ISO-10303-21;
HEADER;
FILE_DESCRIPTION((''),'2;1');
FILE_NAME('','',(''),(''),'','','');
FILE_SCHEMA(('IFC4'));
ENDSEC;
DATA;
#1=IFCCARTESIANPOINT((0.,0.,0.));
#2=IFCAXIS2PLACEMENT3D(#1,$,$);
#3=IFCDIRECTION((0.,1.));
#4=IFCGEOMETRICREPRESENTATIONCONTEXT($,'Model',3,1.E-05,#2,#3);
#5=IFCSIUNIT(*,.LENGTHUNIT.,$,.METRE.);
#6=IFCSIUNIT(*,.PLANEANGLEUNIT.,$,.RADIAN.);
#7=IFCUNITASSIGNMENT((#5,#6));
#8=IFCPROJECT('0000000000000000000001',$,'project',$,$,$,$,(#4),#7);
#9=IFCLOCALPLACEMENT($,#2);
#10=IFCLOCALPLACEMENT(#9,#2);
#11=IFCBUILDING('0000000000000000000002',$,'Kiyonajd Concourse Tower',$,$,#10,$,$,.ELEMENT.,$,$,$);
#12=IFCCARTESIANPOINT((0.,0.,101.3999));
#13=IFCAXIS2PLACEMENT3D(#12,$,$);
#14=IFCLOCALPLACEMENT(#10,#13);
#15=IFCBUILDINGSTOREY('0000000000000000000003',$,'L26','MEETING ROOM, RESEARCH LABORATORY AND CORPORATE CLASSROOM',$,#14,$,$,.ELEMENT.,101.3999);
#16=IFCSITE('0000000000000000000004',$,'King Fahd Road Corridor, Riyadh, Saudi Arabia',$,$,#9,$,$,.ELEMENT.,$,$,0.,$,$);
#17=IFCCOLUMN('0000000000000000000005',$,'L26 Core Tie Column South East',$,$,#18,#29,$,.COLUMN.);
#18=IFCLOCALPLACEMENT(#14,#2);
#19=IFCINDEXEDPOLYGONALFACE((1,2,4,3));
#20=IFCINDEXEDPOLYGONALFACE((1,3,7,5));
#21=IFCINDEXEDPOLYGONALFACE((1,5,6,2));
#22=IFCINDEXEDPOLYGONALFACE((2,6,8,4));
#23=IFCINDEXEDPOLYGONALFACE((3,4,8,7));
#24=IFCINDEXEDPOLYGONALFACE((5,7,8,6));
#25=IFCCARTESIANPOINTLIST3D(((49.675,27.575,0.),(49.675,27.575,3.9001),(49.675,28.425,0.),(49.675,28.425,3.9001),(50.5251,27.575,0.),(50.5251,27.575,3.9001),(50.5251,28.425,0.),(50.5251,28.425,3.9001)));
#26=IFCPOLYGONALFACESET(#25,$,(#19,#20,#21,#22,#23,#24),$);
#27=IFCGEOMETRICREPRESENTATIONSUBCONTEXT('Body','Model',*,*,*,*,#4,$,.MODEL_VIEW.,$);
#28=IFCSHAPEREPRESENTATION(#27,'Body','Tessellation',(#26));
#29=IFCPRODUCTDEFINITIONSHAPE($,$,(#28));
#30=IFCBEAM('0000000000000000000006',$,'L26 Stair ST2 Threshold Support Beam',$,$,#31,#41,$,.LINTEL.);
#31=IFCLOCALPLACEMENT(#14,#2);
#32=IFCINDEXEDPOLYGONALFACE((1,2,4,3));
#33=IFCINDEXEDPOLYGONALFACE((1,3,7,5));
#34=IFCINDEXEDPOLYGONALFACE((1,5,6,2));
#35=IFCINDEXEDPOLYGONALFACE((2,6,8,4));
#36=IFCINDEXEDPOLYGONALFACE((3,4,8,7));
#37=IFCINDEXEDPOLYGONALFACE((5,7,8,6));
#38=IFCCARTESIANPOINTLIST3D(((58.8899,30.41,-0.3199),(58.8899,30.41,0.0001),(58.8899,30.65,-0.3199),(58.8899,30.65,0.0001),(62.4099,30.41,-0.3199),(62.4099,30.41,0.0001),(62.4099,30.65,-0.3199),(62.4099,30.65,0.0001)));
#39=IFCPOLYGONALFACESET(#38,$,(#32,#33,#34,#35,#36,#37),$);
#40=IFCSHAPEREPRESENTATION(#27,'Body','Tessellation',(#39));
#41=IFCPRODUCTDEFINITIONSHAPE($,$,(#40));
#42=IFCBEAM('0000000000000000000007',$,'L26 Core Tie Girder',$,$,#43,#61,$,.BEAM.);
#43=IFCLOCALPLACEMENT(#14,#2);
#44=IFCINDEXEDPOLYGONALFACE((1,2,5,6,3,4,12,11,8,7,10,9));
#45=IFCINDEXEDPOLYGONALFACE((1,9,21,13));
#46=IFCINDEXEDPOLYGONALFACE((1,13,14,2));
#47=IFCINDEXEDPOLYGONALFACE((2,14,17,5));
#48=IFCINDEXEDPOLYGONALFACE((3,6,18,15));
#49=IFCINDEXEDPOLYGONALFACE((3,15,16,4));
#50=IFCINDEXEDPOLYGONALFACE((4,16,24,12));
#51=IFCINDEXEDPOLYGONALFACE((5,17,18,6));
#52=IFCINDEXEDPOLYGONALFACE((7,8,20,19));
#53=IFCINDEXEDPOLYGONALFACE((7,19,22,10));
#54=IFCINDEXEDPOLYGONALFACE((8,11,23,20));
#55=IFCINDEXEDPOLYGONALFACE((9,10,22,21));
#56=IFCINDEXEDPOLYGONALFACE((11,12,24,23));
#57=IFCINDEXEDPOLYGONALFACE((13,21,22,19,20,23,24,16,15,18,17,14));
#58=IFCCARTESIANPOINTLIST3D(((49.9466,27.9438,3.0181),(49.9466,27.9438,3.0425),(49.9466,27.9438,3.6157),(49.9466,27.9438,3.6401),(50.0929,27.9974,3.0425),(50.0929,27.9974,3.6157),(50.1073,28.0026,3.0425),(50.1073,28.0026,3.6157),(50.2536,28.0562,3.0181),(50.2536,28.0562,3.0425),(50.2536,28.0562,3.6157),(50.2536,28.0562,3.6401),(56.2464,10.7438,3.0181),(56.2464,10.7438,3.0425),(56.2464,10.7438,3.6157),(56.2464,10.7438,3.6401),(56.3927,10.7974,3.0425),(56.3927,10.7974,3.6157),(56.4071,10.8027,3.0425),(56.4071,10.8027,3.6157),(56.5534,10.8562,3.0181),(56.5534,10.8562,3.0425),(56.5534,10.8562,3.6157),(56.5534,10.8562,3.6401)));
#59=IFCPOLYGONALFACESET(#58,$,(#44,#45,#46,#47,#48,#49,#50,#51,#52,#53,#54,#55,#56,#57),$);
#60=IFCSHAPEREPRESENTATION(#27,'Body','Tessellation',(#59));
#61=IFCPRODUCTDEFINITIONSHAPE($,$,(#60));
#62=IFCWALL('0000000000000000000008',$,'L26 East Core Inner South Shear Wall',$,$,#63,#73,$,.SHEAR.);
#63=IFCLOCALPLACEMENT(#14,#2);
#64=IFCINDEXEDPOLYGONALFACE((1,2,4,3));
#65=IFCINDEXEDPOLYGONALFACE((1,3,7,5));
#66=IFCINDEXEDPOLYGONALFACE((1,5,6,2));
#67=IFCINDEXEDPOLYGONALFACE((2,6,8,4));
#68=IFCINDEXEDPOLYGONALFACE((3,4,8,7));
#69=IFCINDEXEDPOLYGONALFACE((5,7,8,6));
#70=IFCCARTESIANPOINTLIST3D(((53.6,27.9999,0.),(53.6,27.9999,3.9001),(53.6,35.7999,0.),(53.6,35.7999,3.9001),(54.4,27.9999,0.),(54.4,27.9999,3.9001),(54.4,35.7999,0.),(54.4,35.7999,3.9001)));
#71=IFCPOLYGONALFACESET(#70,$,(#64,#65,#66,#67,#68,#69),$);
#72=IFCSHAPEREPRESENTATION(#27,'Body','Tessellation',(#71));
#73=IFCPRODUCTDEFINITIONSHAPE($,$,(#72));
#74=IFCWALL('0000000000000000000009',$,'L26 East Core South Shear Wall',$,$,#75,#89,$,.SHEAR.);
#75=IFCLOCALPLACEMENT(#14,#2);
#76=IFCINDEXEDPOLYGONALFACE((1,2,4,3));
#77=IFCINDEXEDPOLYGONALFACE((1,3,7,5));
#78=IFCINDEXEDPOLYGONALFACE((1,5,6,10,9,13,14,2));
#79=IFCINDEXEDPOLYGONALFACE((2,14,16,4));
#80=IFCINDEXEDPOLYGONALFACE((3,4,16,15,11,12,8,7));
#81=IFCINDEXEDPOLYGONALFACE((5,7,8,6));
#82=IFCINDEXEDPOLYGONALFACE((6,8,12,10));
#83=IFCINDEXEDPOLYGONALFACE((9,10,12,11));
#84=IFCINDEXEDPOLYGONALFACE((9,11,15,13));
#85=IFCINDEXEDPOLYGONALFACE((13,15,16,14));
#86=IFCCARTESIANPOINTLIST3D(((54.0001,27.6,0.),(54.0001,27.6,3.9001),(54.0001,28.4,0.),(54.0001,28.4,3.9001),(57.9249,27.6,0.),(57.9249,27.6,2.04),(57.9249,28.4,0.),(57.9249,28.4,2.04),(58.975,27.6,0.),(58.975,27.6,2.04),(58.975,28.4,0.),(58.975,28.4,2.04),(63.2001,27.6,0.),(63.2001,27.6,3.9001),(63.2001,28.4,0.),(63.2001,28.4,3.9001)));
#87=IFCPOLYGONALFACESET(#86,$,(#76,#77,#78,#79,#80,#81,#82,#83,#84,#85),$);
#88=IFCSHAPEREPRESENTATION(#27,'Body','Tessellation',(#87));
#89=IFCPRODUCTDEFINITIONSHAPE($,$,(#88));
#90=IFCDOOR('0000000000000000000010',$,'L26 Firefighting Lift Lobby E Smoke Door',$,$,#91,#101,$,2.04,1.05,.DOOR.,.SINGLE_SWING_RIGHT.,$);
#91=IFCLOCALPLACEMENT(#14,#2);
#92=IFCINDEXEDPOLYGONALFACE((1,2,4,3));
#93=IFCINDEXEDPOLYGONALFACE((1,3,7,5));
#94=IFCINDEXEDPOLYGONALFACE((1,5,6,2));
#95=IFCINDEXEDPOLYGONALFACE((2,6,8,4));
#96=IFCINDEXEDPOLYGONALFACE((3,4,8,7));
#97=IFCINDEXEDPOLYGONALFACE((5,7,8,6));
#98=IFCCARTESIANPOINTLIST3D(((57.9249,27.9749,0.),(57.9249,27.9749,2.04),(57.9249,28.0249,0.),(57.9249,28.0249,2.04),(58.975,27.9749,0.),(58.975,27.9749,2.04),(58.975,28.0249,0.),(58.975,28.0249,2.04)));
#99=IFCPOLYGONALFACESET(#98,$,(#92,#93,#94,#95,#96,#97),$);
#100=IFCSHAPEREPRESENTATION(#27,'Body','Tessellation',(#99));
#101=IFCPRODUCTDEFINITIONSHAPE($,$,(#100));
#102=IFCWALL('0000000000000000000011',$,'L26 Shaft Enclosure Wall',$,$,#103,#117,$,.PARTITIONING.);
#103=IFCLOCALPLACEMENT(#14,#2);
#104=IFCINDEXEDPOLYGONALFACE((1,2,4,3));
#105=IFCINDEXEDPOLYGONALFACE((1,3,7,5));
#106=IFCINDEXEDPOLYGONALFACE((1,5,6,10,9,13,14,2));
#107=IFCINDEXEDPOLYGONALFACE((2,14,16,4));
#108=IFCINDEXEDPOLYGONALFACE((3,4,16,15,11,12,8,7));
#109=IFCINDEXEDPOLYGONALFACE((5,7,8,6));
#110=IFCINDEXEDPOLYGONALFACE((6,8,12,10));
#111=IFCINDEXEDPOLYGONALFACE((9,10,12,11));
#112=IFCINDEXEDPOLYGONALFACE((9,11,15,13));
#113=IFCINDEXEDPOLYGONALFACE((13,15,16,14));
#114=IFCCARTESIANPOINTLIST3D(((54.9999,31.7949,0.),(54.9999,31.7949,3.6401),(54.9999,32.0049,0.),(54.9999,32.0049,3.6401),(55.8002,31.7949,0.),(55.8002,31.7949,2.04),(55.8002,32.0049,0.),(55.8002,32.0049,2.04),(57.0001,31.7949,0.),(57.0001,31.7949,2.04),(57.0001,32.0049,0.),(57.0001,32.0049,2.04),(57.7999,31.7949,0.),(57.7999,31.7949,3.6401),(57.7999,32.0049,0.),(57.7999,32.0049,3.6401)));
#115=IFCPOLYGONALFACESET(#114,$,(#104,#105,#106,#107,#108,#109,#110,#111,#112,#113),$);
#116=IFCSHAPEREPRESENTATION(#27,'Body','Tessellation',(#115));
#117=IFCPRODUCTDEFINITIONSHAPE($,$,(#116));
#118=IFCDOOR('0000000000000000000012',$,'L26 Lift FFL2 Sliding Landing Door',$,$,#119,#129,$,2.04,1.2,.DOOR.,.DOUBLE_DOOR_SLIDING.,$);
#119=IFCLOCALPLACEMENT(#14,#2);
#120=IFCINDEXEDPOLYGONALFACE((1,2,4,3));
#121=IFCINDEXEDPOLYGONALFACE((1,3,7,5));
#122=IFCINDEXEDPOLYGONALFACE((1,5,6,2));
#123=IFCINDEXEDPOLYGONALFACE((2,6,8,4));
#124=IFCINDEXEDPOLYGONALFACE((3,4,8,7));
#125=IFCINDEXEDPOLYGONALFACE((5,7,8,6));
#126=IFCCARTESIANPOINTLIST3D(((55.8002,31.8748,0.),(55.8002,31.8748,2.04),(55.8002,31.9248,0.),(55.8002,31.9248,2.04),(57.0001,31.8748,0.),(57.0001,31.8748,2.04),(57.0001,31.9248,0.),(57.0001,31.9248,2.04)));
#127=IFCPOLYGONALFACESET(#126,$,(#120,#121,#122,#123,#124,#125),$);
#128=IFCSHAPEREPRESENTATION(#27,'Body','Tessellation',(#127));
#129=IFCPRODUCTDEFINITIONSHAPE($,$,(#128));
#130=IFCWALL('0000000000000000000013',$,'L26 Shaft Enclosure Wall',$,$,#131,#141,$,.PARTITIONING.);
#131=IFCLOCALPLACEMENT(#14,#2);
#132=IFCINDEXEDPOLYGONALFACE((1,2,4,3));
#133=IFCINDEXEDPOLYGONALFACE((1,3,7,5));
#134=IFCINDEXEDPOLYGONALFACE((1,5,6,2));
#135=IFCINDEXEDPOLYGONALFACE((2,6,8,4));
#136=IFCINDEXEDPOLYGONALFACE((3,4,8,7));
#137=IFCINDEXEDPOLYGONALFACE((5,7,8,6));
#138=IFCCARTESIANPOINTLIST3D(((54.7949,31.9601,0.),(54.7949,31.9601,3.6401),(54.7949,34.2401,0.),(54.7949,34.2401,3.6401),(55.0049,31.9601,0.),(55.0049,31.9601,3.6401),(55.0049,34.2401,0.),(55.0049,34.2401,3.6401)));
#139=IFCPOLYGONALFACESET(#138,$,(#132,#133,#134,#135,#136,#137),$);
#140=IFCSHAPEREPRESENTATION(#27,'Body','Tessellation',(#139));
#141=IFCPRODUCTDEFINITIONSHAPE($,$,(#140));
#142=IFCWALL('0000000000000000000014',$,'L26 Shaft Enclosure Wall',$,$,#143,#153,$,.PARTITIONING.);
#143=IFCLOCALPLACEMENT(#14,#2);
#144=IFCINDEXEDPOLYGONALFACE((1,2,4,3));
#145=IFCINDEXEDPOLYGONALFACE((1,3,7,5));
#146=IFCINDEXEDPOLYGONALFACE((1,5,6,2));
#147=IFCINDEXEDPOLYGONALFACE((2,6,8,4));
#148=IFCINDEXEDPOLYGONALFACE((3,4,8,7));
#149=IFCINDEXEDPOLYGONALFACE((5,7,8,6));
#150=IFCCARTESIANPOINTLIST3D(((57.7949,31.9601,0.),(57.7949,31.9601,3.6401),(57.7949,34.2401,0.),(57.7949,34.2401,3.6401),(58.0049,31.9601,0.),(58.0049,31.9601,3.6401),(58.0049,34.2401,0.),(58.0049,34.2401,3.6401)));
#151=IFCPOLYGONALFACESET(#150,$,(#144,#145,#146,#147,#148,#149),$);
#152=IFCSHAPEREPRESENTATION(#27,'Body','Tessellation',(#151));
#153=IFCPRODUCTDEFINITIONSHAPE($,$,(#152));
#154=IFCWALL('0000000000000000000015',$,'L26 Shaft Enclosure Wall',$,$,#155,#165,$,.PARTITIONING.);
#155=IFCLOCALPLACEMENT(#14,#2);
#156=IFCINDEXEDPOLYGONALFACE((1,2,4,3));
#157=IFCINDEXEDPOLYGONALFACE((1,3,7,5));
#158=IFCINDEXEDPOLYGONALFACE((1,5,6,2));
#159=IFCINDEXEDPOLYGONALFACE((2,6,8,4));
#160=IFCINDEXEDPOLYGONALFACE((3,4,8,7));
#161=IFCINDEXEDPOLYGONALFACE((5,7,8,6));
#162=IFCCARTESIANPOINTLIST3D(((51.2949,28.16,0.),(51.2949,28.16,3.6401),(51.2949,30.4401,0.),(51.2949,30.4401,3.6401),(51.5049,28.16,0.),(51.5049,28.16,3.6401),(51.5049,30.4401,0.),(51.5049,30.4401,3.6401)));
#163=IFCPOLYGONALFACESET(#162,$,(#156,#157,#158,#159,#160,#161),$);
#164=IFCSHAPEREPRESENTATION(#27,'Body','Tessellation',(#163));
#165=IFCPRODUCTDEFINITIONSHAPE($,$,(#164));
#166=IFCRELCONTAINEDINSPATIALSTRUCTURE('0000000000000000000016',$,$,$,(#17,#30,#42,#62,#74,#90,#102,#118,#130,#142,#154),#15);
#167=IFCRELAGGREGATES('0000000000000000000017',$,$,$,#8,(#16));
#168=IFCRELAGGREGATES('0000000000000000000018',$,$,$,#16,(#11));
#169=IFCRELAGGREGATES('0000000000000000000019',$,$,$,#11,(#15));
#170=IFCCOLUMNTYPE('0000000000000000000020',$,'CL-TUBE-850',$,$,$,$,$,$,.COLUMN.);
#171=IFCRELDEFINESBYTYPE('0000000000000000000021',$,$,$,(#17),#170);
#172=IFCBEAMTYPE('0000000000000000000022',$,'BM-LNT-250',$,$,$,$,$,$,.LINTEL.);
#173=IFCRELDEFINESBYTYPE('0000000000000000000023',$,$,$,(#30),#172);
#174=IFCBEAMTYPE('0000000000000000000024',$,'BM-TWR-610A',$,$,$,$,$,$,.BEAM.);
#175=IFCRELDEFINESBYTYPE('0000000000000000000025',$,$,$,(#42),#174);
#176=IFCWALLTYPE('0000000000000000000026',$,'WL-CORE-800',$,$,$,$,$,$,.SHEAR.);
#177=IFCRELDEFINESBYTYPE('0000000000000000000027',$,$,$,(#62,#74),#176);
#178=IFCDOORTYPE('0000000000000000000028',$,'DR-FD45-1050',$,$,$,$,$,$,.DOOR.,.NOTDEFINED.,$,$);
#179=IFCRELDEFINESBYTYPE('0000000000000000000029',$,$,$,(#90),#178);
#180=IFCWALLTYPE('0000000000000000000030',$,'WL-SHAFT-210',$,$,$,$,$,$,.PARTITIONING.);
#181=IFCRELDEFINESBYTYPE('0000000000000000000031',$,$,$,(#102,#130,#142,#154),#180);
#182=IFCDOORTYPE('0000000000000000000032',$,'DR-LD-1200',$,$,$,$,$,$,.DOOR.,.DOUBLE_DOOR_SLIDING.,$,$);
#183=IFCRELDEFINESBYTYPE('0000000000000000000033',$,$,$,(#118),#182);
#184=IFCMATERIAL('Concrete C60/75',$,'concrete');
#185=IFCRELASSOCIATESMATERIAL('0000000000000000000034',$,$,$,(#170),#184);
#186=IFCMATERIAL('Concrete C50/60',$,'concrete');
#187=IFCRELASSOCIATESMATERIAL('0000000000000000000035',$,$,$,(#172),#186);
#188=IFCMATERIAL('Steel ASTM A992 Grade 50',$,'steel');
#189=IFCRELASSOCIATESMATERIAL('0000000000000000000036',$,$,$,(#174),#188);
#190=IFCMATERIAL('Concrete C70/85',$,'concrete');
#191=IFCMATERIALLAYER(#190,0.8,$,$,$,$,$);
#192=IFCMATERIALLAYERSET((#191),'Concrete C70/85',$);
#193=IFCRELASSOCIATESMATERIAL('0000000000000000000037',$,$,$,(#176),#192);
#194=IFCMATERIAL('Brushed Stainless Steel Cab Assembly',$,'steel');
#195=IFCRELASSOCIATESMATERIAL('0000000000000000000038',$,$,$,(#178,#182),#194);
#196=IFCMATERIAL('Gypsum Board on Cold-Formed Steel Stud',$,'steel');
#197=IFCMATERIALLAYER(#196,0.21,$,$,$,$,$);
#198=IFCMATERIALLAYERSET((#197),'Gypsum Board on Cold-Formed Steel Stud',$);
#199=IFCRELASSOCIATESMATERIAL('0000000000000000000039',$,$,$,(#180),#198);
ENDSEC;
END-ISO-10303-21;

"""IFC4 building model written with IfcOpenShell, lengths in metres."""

from ifc_helpers import new_model, si_unit, direction, frame, frame_2d, origin, origin_2d, place, context, subcontext, project, spatial, rectangle, i_section, extrude, material, layer, layer_set, material_profile, profile_set, type_object, element, fill, save


model = new_model("IFC4")

# Units and contexts
model_context = context("Model", 3, precision=1e-05, world=origin(), true_north=direction((0.0, 1.0)))
body_context = subcontext(model_context, "Body", "Model", "MODEL_VIEW")
ifc_project = project(units=[si_unit("LENGTHUNIT", "METRE"), si_unit("PLANEANGLEUNIT", "RADIAN")], contexts=[model_context])

# Site, building, storey
site_placement = place(None, origin())
site = spatial("IfcSite", under=ifc_project, at=site_placement, Name="King Fahd Road Corridor, Riyadh, Saudi Arabia", CompositionType="ELEMENT", RefElevation=0.0)
building_placement = place(site_placement, origin())
building = spatial("IfcBuilding", under=site, at=building_placement, Name="Kiyonajd Concourse Tower", CompositionType="ELEMENT")
storey_placement = place(building_placement, frame((0.0, 0.0, 101.3999)))
storey = spatial("IfcBuildingStorey", under=building, at=storey_placement, Name="L26", Description="MEETING ROOM, RESEARCH LABORATORY AND CORPORATE CLASSROOM", CompositionType="ELEMENT", Elevation=101.3999)

# Column
ifc_material_1 = material(Name="Concrete C60/75", Category="concrete")
ifc_material_profile_1 = material_profile(ifc_material_1, rectangle(XDim=0.8501, YDim=0.8501, at=origin_2d()), Name="RC-850x850")
ifc_profile_set_1 = profile_set([ifc_material_profile_1], Name="Concrete C60/75")
column_type = type_object("IfcColumnType", Name="CL-TUBE-850", PredefinedType="COLUMN", material=ifc_profile_set_1)
column_placement = place(storey_placement, frame((50.1001, 28.0, 0.0), z_axis=(0.0, 0.0, 1.0), x_axis=(1.0, 0.0, 0.0)))
element("IfcColumn", 1, at=column_placement, inside=storey, type_object=column_type, Name="L26 Core Tie Column South East", PredefinedType="COLUMN", context=body_context, shape_type="SweptSolid", body=[
    extrude(rectangle(XDim=0.8501, YDim=0.8501, at=origin_2d()), origin(), (0.0, 0.0, 1.0), 3.9001),
])

# Beams
ifc_material_2 = material(Name="Concrete C50/60", Category="concrete")
ifc_material_profile_2 = material_profile(ifc_material_2, rectangle(XDim=0.24, YDim=0.3201, at=origin_2d()), Name="RCBM-240x320")
ifc_profile_set_2 = profile_set([ifc_material_profile_2], Name="Concrete C50/60")
beam_type_1 = type_object("IfcBeamType", Name="BM-LNT-250", PredefinedType="LINTEL", material=ifc_profile_set_2)
beam_1_placement = place(storey_placement, frame((58.8899, 30.53, -0.1599), z_axis=(1.0, 0.0, 0.0), x_axis=(0.0, 1.0, 0.0)))
element("IfcBeam", 2, at=beam_1_placement, inside=storey, type_object=beam_type_1, Name="L26 Stair ST2 Threshold Support Beam", PredefinedType="LINTEL", context=body_context, shape_type="SweptSolid", body=[
    extrude(rectangle(XDim=0.24, YDim=0.3201, at=origin_2d()), origin(), (0.0, 0.0, 1.0), 3.52),
])
ifc_material_3 = material(Name="Steel ASTM A992 Grade 50", Category="steel")
ifc_material_profile_3 = material_profile(ifc_material_3, i_section(OverallWidth=0.3269, OverallDepth=0.6221, WebThickness=0.0154, FlangeThickness=0.0244, at=origin_2d()), Name="W610X195")
ifc_profile_set_3 = profile_set([ifc_material_profile_3], Name="Steel ASTM A992 Grade 50")
beam_type_2 = type_object("IfcBeamType", Name="BM-TWR-610A", PredefinedType="BEAM", material=ifc_profile_set_3)
beam_2_placement = place(storey_placement, frame((50.1001, 28.0, 3.3291), z_axis=(0.343925, -0.938997, 0.0), x_axis=(0.938997, 0.343925, 0.0)))
element("IfcBeam", 3, at=beam_2_placement, inside=storey, type_object=beam_type_2, Name="L26 Core Tie Girder", PredefinedType="BEAM", context=body_context, shape_type="SweptSolid", body=[
    extrude(i_section(OverallWidth=0.3269, OverallDepth=0.6221, WebThickness=0.0154, FlangeThickness=0.0244, at=origin_2d()), origin(), (0.0, 0.0, 1.0), 18.3174),
])

# Wall
ifc_material_4 = material(Name="Concrete C70/85", Category="concrete")
ifc_layer_1 = layer(ifc_material_4, 0.8)
ifc_layer_set_1 = layer_set([ifc_layer_1], Name="Concrete C70/85")
wall_type_1 = type_object("IfcWallType", Name="WL-CORE-800", PredefinedType="SHEAR", material=ifc_layer_set_1)
wall_1_placement = place(storey_placement, frame((54.0, 28.0, 0.0), z_axis=(0.0, 0.0, 1.0), x_axis=(0.0, 1.0, 0.0)))
element("IfcWall", 4, at=wall_1_placement, inside=storey, type_object=wall_type_1, Name="L26 East Core Inner South Shear Wall", PredefinedType="SHEAR", context=body_context, shape_type="SweptSolid", body=[
    extrude(rectangle(XDim=7.8, YDim=0.8, at=frame_2d((3.8999, 0.0))), origin(), (0.0, 0.0, 1.0), 3.9001),
])

# Walls, openings, doors
wall_2_placement = place(storey_placement, frame((54.0, 28.0, 0.0), z_axis=(0.0, 0.0, 1.0), x_axis=(1.0, 0.0, 0.0)))
wall_2 = element("IfcWall", 5, at=wall_2_placement, inside=storey, type_object=wall_type_1, Name="L26 East Core South Shear Wall", PredefinedType="SHEAR", context=body_context, shape_type="SweptSolid", body=[
    extrude(rectangle(XDim=9.2, YDim=0.8, at=frame_2d((4.6001, 0.0))), origin(), (0.0, 0.0, 1.0), 3.9001),
])
opening_1_placement = place(wall_2_placement, frame((3.925, 0.0, 0.0)))
opening_1 = element("IfcOpeningElement", 6, at=opening_1_placement, cuts=wall_2, PredefinedType="OPENING", context=body_context, shape_type="SweptSolid", body=[
    extrude(rectangle(XDim=1.05, YDim=2.04, at=frame_2d((0.5249, 1.02))), frame((0.0, 0.4099, 0.0), z_axis=(0.0, -1.0, 0.0), x_axis=(1.0, 0.0, 0.0)), (0.0, 0.0, 1.0), 0.8201),
])
ifc_material_5 = material(Name="Brushed Stainless Steel Cab Assembly", Category="steel")
door_type_1 = type_object("IfcDoorType", Name="DR-FD45-1050", OperationType="NOTDEFINED", PredefinedType="DOOR", material=ifc_material_5)
door_1_placement = place(opening_1_placement, origin())
door_1 = element("IfcDoor", 7, at=door_1_placement, inside=storey, type_object=door_type_1, Name="L26 Firefighting Lift Lobby E Smoke Door", OperationType="SINGLE_SWING_RIGHT", OverallHeight=2.04, OverallWidth=1.05, PredefinedType="DOOR", context=body_context, shape_type="SweptSolid", body=[
    extrude(rectangle(XDim=1.05, YDim=2.04, at=frame_2d((0.5249, 1.02))), frame((0.0, 0.0249, 0.0), z_axis=(0.0, -1.0, 0.0), x_axis=(1.0, 0.0, 0.0)), (0.0, 0.0, 1.0), 0.05),
])
fill(opening_1, door_1)
ifc_material_6 = material(Name="Gypsum Board on Cold-Formed Steel Stud", Category="steel")
ifc_layer_2 = layer(ifc_material_6, 0.21)
ifc_layer_set_2 = layer_set([ifc_layer_2], Name="Gypsum Board on Cold-Formed Steel Stud")
wall_type_2 = type_object("IfcWallType", Name="WL-SHAFT-210", PredefinedType="PARTITIONING", material=ifc_layer_set_2)
wall_3_placement = place(storey_placement, frame((55.0, 31.8999, 0.0), z_axis=(0.0, 0.0, 1.0), x_axis=(1.0, 0.0, 0.0)))
wall_3 = element("IfcWall", 8, at=wall_3_placement, inside=storey, type_object=wall_type_2, Name="L26 Shaft Enclosure Wall", PredefinedType="PARTITIONING", context=body_context, shape_type="SweptSolid", body=[
    extrude(rectangle(XDim=2.8, YDim=0.21, at=frame_2d((1.3999, 0.0))), origin(), (0.0, 0.0, 1.0), 3.6401),
])
opening_2_placement = place(wall_3_placement, frame((0.8, 0.0, 0.0)))
opening_2 = element("IfcOpeningElement", 9, at=opening_2_placement, cuts=wall_3, PredefinedType="OPENING", context=body_context, shape_type="SweptSolid", body=[
    extrude(rectangle(XDim=1.2, YDim=2.04, at=frame_2d((0.6001, 1.02))), frame((0.0, 0.115, 0.0), z_axis=(0.0, -1.0, 0.0), x_axis=(1.0, 0.0, 0.0)), (0.0, 0.0, 1.0), 0.23),
])
door_type_2 = type_object("IfcDoorType", Name="DR-LD-1200", OperationType="DOUBLE_DOOR_SLIDING", PredefinedType="DOOR", material=ifc_material_5)
door_2_placement = place(opening_2_placement, origin())
door_2 = element("IfcDoor", 10, at=door_2_placement, inside=storey, type_object=door_type_2, Name="L26 Lift FFL2 Sliding Landing Door", OperationType="DOUBLE_DOOR_SLIDING", OverallHeight=2.04, OverallWidth=1.2, PredefinedType="DOOR", context=body_context, shape_type="SweptSolid", body=[
    extrude(rectangle(XDim=1.2, YDim=2.04, at=frame_2d((0.6001, 1.02))), frame((0.0, 0.0249, 0.0), z_axis=(0.0, -1.0, 0.0), x_axis=(1.0, 0.0, 0.0)), (0.0, 0.0, 1.0), 0.05),
])
fill(opening_2, door_2)

# Walls
for number, where, z_axis, x_axis, name in (
    (11, (54.8999, 31.96, 0.0), (0.0, 0.0, 1.0), (0.0, 1.0, 0.0), "L26 Shaft Enclosure Wall"),
    (12, (57.8999, 31.96, 0.0), (0.0, 0.0, 1.0), (0.0, 1.0, 0.0), "L26 Shaft Enclosure Wall"),
    (13, (51.3999, 28.1599, 0.0), (0.0, 0.0, 1.0), (0.0, 1.0, 0.0), "L26 Shaft Enclosure Wall"),
):
    element("IfcWall", number, at=place(storey_placement, frame(where, z_axis=z_axis, x_axis=x_axis)), inside=storey, type_object=wall_type_2, Name=name, PredefinedType="PARTITIONING", context=body_context, shape_type="SweptSolid", body=[
        extrude(rectangle(XDim=2.28, YDim=0.21, at=frame_2d((1.1401, 0.0))), origin(), (0.0, 0.0, 1.0), 3.6401),
    ])

save(model, "model.ifc")
